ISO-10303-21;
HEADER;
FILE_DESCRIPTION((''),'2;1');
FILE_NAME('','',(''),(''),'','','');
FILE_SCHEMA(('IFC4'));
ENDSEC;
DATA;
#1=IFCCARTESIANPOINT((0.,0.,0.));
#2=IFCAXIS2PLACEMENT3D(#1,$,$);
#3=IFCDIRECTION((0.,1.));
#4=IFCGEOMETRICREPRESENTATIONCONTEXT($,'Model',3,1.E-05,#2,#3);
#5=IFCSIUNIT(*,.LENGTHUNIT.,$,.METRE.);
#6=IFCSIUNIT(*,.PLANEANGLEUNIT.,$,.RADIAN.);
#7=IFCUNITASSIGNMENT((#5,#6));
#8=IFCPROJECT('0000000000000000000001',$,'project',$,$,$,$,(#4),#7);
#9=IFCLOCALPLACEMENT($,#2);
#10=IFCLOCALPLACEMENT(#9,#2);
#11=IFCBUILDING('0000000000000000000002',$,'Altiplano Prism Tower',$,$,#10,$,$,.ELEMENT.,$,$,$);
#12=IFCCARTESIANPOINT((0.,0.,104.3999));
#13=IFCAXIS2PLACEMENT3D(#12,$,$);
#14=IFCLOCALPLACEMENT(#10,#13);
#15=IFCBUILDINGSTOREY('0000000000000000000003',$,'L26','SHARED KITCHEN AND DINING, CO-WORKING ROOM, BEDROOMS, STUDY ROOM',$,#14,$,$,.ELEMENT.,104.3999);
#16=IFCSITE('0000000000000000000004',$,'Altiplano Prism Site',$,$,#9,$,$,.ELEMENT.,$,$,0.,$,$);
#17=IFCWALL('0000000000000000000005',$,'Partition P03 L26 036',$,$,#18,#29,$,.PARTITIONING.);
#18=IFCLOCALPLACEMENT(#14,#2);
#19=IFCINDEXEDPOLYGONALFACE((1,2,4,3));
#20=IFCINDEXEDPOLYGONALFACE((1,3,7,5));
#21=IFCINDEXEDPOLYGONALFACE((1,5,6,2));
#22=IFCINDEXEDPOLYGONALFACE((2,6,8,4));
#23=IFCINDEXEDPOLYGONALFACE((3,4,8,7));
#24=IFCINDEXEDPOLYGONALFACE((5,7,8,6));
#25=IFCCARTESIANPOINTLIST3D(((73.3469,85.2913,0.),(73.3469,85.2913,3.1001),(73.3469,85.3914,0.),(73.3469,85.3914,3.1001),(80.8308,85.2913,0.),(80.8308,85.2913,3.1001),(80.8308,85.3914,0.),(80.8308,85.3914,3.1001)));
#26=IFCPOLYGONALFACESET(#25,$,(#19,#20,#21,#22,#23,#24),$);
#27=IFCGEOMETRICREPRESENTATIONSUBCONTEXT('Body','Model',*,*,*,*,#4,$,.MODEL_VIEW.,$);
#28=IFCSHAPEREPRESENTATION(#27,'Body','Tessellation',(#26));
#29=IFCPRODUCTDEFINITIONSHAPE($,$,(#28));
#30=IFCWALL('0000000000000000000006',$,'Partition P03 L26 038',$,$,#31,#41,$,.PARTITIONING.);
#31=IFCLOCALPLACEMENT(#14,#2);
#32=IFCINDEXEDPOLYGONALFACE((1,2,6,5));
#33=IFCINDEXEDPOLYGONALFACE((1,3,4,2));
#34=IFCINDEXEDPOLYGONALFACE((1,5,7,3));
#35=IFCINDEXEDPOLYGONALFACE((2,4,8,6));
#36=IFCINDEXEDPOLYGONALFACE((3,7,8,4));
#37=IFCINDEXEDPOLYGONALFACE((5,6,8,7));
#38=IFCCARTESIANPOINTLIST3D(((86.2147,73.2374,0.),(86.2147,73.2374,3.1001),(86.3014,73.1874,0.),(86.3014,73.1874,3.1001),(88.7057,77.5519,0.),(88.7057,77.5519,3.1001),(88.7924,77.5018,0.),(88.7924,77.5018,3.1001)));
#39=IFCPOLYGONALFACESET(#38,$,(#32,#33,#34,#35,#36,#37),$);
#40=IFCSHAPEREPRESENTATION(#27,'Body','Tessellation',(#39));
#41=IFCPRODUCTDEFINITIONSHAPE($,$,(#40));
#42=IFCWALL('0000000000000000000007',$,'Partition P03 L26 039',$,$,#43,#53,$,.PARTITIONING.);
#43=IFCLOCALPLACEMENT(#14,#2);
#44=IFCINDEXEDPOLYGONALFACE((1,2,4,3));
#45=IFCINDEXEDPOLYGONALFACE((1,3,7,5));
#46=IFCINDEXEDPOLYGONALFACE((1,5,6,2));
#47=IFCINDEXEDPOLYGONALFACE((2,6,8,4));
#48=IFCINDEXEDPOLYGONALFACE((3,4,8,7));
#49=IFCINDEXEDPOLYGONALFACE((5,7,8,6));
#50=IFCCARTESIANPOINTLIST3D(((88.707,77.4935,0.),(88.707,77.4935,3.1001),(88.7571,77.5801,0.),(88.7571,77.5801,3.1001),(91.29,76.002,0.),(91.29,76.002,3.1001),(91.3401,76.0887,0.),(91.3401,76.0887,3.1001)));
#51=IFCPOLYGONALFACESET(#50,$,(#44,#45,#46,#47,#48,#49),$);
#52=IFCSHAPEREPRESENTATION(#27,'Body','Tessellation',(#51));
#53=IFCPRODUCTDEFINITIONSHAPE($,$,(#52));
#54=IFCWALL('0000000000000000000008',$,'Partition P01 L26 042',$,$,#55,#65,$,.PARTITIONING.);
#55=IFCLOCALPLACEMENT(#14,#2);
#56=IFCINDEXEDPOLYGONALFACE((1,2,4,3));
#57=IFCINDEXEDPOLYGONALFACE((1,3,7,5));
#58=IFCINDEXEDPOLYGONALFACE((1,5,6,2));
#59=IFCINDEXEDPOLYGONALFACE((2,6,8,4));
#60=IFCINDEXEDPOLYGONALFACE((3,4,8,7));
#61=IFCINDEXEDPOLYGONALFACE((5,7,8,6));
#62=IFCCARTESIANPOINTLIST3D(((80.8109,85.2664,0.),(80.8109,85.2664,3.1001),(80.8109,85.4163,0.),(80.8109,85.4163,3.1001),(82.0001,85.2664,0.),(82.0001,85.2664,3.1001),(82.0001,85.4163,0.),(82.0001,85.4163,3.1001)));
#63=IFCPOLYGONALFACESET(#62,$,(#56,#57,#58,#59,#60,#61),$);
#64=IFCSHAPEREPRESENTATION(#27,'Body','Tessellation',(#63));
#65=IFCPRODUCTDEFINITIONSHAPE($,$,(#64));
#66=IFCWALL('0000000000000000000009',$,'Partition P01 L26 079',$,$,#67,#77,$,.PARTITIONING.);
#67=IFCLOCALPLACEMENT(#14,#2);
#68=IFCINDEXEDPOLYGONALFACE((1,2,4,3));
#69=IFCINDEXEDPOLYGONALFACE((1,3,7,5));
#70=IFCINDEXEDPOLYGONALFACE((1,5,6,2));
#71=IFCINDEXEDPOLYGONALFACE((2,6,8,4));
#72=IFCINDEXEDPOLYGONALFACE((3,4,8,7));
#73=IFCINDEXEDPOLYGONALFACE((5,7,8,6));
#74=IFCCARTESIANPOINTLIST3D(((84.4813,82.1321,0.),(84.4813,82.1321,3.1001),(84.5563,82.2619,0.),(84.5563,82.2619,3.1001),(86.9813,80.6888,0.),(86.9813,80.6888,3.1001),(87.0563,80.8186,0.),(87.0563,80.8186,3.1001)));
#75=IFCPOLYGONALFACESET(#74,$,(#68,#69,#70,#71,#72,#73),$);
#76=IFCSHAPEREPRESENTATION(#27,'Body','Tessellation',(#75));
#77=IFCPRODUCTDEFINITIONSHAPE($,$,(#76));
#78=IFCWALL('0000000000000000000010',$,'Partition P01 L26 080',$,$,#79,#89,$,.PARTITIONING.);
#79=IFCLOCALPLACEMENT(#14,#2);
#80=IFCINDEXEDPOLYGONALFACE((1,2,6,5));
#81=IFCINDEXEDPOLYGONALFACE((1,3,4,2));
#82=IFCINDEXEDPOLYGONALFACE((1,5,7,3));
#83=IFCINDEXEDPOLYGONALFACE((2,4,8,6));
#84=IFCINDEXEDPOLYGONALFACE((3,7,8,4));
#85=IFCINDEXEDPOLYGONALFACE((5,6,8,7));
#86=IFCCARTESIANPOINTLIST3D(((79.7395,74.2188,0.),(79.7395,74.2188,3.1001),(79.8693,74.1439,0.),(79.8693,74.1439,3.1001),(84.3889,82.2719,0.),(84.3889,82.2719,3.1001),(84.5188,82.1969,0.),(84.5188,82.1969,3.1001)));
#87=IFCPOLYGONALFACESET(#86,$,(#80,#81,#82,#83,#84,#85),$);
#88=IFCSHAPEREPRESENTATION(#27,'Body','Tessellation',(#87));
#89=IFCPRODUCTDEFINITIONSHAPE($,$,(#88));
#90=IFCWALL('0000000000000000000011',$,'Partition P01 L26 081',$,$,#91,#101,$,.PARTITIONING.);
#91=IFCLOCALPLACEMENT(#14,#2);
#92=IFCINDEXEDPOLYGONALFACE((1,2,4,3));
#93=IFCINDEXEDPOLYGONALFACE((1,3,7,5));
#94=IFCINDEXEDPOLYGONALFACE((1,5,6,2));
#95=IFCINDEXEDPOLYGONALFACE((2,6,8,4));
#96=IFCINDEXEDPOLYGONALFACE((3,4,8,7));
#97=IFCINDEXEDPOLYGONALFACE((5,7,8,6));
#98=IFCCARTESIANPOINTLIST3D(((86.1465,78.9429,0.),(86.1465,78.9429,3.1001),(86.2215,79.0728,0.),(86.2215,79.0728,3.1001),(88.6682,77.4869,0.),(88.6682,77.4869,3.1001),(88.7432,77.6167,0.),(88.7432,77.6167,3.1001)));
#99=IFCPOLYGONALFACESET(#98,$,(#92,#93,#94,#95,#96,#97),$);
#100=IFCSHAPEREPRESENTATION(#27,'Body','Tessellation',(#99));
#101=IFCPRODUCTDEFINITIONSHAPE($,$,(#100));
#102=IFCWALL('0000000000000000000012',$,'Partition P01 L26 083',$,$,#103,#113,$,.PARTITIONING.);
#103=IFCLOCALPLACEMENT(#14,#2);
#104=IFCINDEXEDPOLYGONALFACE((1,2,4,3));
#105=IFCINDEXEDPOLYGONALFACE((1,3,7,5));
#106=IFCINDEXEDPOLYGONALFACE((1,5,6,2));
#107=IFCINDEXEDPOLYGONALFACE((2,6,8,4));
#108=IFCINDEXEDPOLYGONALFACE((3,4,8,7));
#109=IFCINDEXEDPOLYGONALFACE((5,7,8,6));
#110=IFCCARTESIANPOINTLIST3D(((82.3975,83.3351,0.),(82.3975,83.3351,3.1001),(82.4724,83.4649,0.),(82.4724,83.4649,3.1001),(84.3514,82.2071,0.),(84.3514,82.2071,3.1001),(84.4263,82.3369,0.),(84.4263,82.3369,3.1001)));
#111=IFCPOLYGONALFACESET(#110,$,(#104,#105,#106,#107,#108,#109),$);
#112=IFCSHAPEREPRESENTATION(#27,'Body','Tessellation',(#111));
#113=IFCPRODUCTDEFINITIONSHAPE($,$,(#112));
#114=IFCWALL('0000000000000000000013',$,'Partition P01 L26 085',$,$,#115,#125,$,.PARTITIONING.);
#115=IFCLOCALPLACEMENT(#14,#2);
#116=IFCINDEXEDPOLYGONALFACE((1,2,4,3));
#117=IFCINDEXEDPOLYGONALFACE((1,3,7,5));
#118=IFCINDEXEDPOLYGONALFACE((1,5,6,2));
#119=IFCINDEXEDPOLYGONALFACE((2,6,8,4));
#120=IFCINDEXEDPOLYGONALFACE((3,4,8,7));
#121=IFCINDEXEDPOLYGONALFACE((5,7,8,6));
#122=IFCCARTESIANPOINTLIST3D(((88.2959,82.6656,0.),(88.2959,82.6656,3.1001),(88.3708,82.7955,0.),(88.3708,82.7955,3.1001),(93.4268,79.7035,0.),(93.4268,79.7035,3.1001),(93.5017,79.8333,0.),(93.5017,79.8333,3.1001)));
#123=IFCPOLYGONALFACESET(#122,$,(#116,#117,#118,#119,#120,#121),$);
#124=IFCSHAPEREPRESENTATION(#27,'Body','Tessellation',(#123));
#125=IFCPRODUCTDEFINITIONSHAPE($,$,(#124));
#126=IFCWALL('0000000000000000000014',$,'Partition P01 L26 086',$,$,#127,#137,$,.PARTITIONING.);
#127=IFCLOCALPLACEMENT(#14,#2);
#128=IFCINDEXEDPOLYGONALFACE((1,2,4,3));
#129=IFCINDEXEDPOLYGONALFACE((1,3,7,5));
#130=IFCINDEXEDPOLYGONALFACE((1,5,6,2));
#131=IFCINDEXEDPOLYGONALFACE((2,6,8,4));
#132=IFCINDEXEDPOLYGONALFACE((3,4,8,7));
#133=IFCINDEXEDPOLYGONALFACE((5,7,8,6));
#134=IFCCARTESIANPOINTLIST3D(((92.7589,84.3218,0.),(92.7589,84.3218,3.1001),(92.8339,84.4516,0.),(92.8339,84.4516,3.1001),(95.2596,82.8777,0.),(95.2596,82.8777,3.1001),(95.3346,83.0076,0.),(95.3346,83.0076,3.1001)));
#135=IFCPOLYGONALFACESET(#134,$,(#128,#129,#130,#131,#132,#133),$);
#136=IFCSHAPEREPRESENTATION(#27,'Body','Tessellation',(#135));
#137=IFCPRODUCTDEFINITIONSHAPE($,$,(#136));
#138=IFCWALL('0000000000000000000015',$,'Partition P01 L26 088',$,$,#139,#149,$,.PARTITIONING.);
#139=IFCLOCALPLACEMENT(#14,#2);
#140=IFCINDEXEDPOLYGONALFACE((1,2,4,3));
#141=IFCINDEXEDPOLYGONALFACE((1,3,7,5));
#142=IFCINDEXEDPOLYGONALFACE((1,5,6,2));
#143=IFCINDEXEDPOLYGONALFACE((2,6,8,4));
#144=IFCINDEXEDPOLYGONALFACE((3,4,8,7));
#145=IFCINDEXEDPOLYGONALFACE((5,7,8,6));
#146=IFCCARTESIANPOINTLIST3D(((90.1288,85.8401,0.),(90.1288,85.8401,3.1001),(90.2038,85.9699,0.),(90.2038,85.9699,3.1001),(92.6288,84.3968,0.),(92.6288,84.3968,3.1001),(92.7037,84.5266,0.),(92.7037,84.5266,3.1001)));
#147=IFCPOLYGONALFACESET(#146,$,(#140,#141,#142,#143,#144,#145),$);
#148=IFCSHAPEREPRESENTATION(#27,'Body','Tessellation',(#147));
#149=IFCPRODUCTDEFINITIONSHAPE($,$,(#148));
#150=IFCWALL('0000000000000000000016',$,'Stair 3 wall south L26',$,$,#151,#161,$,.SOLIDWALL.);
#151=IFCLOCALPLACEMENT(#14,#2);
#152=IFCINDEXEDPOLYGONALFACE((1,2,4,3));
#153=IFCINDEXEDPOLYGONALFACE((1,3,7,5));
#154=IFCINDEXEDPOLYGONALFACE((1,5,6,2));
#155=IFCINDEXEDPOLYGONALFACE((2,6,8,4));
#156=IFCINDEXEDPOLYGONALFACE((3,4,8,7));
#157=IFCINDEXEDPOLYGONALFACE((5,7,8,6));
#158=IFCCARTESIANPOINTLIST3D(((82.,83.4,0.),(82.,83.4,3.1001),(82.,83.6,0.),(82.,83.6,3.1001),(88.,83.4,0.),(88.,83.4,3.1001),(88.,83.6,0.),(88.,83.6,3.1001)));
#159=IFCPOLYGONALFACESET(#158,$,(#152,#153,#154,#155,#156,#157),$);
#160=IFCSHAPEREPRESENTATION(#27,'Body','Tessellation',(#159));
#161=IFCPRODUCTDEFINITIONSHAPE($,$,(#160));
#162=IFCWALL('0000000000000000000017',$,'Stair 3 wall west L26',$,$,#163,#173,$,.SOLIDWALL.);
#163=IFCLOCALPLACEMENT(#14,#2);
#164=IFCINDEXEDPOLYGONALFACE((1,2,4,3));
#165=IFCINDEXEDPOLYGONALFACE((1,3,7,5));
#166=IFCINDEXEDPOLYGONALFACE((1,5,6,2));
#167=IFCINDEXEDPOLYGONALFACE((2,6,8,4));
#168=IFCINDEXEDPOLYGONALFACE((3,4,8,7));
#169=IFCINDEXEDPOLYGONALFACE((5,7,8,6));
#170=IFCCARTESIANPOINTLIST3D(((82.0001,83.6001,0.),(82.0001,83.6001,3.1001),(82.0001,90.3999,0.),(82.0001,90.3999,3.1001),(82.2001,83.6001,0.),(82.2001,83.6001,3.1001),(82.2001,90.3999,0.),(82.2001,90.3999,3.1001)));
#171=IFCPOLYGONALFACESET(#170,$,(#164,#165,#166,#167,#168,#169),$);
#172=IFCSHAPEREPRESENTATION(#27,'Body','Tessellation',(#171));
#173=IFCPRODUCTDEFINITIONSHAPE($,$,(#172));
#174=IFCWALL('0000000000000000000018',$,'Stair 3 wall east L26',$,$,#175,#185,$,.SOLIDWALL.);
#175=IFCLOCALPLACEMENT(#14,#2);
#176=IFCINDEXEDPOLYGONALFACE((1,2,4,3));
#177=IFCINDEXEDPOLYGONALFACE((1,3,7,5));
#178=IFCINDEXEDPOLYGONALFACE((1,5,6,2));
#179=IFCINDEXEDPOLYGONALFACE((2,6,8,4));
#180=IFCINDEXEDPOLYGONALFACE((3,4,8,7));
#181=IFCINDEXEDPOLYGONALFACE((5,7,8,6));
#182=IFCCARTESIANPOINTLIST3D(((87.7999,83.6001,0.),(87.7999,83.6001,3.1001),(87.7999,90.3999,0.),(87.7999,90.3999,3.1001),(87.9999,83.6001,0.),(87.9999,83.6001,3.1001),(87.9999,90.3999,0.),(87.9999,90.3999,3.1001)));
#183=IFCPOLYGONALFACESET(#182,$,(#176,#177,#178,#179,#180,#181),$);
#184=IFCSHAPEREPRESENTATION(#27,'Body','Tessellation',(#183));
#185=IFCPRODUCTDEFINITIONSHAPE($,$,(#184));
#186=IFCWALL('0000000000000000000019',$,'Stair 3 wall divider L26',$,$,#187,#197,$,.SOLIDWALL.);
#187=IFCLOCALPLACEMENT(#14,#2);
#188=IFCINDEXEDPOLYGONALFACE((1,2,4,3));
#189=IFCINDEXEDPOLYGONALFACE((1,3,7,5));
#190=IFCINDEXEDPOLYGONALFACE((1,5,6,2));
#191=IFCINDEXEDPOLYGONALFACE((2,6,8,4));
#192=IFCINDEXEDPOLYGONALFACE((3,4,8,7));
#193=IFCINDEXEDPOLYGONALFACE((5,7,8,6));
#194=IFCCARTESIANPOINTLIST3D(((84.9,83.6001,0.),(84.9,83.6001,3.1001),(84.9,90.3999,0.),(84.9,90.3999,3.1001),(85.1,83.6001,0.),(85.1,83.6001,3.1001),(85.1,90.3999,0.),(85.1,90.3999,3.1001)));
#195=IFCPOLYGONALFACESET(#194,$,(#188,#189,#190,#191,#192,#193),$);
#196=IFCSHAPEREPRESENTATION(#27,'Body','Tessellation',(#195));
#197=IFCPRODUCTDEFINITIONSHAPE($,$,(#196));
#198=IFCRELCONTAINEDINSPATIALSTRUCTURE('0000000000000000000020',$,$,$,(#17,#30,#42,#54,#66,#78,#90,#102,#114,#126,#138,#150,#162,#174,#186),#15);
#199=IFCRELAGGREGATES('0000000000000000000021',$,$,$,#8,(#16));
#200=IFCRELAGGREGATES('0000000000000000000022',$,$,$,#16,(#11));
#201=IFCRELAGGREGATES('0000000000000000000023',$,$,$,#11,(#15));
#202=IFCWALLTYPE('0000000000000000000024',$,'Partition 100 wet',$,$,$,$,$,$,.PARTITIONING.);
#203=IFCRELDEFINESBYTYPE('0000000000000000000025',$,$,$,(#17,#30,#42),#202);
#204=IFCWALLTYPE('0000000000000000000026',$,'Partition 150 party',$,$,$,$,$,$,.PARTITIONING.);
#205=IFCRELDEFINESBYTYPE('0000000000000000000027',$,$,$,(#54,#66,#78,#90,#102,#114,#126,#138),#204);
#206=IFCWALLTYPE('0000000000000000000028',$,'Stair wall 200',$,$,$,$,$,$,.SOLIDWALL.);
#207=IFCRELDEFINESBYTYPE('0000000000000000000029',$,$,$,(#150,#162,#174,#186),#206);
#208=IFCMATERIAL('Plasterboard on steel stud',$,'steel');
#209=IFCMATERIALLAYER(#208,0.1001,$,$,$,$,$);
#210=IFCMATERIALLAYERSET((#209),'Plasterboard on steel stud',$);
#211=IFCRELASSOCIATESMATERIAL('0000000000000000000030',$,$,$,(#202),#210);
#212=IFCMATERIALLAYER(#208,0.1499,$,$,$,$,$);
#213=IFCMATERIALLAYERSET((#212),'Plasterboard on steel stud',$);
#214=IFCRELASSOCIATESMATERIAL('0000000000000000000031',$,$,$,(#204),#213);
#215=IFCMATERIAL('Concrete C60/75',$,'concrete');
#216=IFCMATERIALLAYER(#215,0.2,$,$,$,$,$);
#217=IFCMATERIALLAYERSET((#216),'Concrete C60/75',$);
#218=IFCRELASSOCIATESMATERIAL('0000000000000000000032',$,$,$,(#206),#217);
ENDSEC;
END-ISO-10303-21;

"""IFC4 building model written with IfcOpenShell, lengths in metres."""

from ifc_helpers import new_model, si_unit, direction, frame, frame_2d, origin, place, context, subcontext, project, spatial, rectangle, extrude, material, layer, layer_set, type_object, element, save


model = new_model("IFC4")

# Units and contexts
model_context = context("Model", 3, precision=1e-05, world=origin(), true_north=direction((0.0, 1.0)))
body_context = subcontext(model_context, "Body", "Model", "MODEL_VIEW")
ifc_project = project(units=[si_unit("LENGTHUNIT", "METRE"), si_unit("PLANEANGLEUNIT", "RADIAN")], contexts=[model_context])

# Site, building, storey
site_placement = place(None, origin())
site = spatial("IfcSite", under=ifc_project, at=site_placement, Name="Altiplano Prism Site", CompositionType="ELEMENT", RefElevation=0.0)
building_placement = place(site_placement, origin())
building = spatial("IfcBuilding", under=site, at=building_placement, Name="Altiplano Prism Tower", CompositionType="ELEMENT")
storey_placement = place(building_placement, frame((0.0, 0.0, 104.3999)))
storey = spatial("IfcBuildingStorey", under=building, at=storey_placement, Name="L26", Description="SHARED KITCHEN AND DINING, CO-WORKING ROOM, BEDROOMS, STUDY ROOM", CompositionType="ELEMENT", Elevation=104.3999)

# Walls
ifc_material_1 = material(Name="Plasterboard on steel stud", Category="steel")
ifc_layer_1 = layer(ifc_material_1, 0.1001)
ifc_layer_set_1 = layer_set([ifc_layer_1], Name="Plasterboard on steel stud")
wall_type_1 = type_object("IfcWallType", Name="Partition 100 wet", PredefinedType="PARTITIONING", material=ifc_layer_set_1)
wall_1_placement = place(storey_placement, frame((80.8308, 85.3413, 0.0), z_axis=(0.0, 0.0, 1.0), x_axis=(-1.0, 0.0, 0.0)))
element("IfcWall", 1, at=wall_1_placement, inside=storey, type_object=wall_type_1, Name="Partition P03 L26 036", PredefinedType="PARTITIONING", context=body_context, shape_type="SweptSolid", body=[
    extrude(rectangle(XDim=7.4839, YDim=0.1001, at=frame_2d((3.7419, 0.0))), origin(), (0.0, 0.0, 1.0), 3.1001),
])
wall_2_placement = place(storey_placement, frame((88.749, 77.5269, 0.0), z_axis=(0.0, 0.0, 1.0), x_axis=(-0.500002, -0.866024, 0.0)))
element("IfcWall", 2, at=wall_2_placement, inside=storey, type_object=wall_type_1, Name="Partition P03 L26 038", PredefinedType="PARTITIONING", context=body_context, shape_type="SweptSolid", body=[
    extrude(rectangle(XDim=4.9819, YDim=0.1001, at=frame_2d((2.491, 0.0))), origin(), (0.0, 0.0, 1.0), 3.1001),
])
wall_3_placement = place(storey_placement, frame((91.3149, 76.0454, 0.0), z_axis=(0.0, 0.0, 1.0), x_axis=(-0.866003, 0.500039, 0.0)))
element("IfcWall", 3, at=wall_3_placement, inside=storey, type_object=wall_type_1, Name="Partition P03 L26 039", PredefinedType="PARTITIONING", context=body_context, shape_type="SweptSolid", body=[
    extrude(rectangle(XDim=2.9827, YDim=0.1001, at=frame_2d((1.4912, 0.0))), origin(), (0.0, 0.0, 1.0), 3.1001),
])
ifc_layer_2 = layer(ifc_material_1, 0.1499)
ifc_layer_set_2 = layer_set([ifc_layer_2], Name="Plasterboard on steel stud")
wall_type_2 = type_object("IfcWallType", Name="Partition 150 party", PredefinedType="PARTITIONING", material=ifc_layer_set_2)
wall_4_placement = place(storey_placement, frame((80.8108, 85.3413, 0.0), z_axis=(0.0, 0.0, 1.0), x_axis=(1.0, 0.0, 0.0)))
element("IfcWall", 4, at=wall_4_placement, inside=storey, type_object=wall_type_2, Name="Partition P01 L26 042", PredefinedType="PARTITIONING", context=body_context, shape_type="SweptSolid", body=[
    extrude(rectangle(XDim=1.1892, YDim=0.1499, at=frame_2d((0.5947, 0.0))), origin(), (0.0, 0.0, 1.0), 3.1001),
])
wall_5_placement = place(storey_placement, frame((87.0188, 80.7537, 0.0), z_axis=(0.0, 0.0, 1.0), x_axis=(-0.866028, 0.499996, 0.0)))
element("IfcWall", 5, at=wall_5_placement, inside=storey, type_object=wall_type_2, Name="Partition P01 L26 079", PredefinedType="PARTITIONING", context=body_context, shape_type="SweptSolid", body=[
    extrude(rectangle(XDim=2.8867, YDim=0.1499, at=frame_2d((1.4434, 0.0))), origin(), (0.0, 0.0, 1.0), 3.1001),
])
wall_6_placement = place(storey_placement, frame((84.4539, 82.2344, 0.0), z_axis=(0.0, 0.0, 1.0), x_axis=(-0.500002, -0.866024, 0.0)))
element("IfcWall", 6, at=wall_6_placement, inside=storey, type_object=wall_type_2, Name="Partition P01 L26 080", PredefinedType="PARTITIONING", context=body_context, shape_type="SweptSolid", body=[
    extrude(rectangle(XDim=9.2988, YDim=0.1499, at=frame_2d((4.6494, 0.0))), origin(), (0.0, 0.0, 1.0), 3.1001),
])
wall_7_placement = place(storey_placement, frame((88.7058, 77.5518, 0.0), z_axis=(0.0, 0.0, 1.0), x_axis=(-0.866005, 0.500035, 0.0)))
element("IfcWall", 7, at=wall_7_placement, inside=storey, type_object=wall_type_2, Name="Partition P01 L26 081", PredefinedType="PARTITIONING", context=body_context, shape_type="SweptSolid", body=[
    extrude(rectangle(XDim=2.9119, YDim=0.1499, at=frame_2d((1.4561, 0.0))), origin(), (0.0, 0.0, 1.0), 3.1001),
])
wall_8_placement = place(storey_placement, frame((82.4351, 83.3999, 0.0), z_axis=(0.0, 0.0, 1.0), x_axis=(0.86605, -0.499957, 0.0)))
element("IfcWall", 8, at=wall_8_placement, inside=storey, type_object=wall_type_2, Name="Partition P01 L26 083", PredefinedType="PARTITIONING", context=body_context, shape_type="SweptSolid", body=[
    extrude(rectangle(XDim=2.2561, YDim=0.1499, at=frame_2d((1.1279, 0.0))), origin(), (0.0, 0.0, 1.0), 3.1001),
])
wall_9_placement = place(storey_placement, frame((93.4644, 79.7683, 0.0), z_axis=(0.0, 0.0, 1.0), x_axis=(-0.866036, 0.499982, 0.0)))
element("IfcWall", 9, at=wall_9_placement, inside=storey, type_object=wall_type_2, Name="Partition P01 L26 085", PredefinedType="PARTITIONING", context=body_context, shape_type="SweptSolid", body=[
    extrude(rectangle(XDim=5.9246, YDim=0.1499, at=frame_2d((2.9624, 0.0))), origin(), (0.0, 0.0, 1.0), 3.1001),
])
wall_10_placement = place(storey_placement, frame((92.7964, 84.3867, 0.0), z_axis=(0.0, 0.0, 1.0), x_axis=(0.865981, -0.500076, 0.0)))
element("IfcWall", 10, at=wall_10_placement, inside=storey, type_object=wall_type_2, Name="Partition P01 L26 086", PredefinedType="PARTITIONING", context=body_context, shape_type="SweptSolid", body=[
    extrude(rectangle(XDim=2.8877, YDim=0.1499, at=frame_2d((1.4438, 0.0))), origin(), (0.0, 0.0, 1.0), 3.1001),
])
wall_11_placement = place(storey_placement, frame((92.6663, 84.4617, 0.0), z_axis=(0.0, 0.0, 1.0), x_axis=(-0.866028, 0.499996, 0.0)))
element("IfcWall", 11, at=wall_11_placement, inside=storey, type_object=wall_type_2, Name="Partition P01 L26 088", PredefinedType="PARTITIONING", context=body_context, shape_type="SweptSolid", body=[
    extrude(rectangle(XDim=2.8867, YDim=0.1499, at=frame_2d((1.4434, 0.0))), origin(), (0.0, 0.0, 1.0), 3.1001),
])
ifc_material_2 = material(Name="Concrete C60/75", Category="concrete")
ifc_layer_3 = layer(ifc_material_2, 0.2)
ifc_layer_set_3 = layer_set([ifc_layer_3], Name="Concrete C60/75")
wall_type_3 = type_object("IfcWallType", Name="Stair wall 200", PredefinedType="SOLIDWALL", material=ifc_layer_set_3)
wall_12_placement = place(storey_placement, frame((82.0, 83.5, 0.0), z_axis=(0.0, 0.0, 1.0), x_axis=(1.0, 0.0, 0.0)))
element("IfcWall", 12, at=wall_12_placement, inside=storey, type_object=wall_type_3, Name="Stair 3 wall south L26", PredefinedType="SOLIDWALL", context=body_context, shape_type="SweptSolid", body=[
    extrude(rectangle(XDim=6.0, YDim=0.2, at=frame_2d((3.0, 0.0))), origin(), (0.0, 0.0, 1.0), 3.1001),
])
for number, where, z_axis, x_axis, name in (
    (13, (82.1001, 83.6001, 0.0), (0.0, 0.0, 1.0), (0.0, 1.0, 0.0), "Stair 3 wall west L26"),
    (14, (87.8999, 83.6001, 0.0), (0.0, 0.0, 1.0), (0.0, 1.0, 0.0), "Stair 3 wall east L26"),
    (15, (85.0, 83.6001, 0.0), (0.0, 0.0, 1.0), (0.0, 1.0, 0.0), "Stair 3 wall divider L26"),
):
    element("IfcWall", number, at=place(storey_placement, frame(where, z_axis=z_axis, x_axis=x_axis)), inside=storey, type_object=wall_type_3, Name=name, PredefinedType="SOLIDWALL", context=body_context, shape_type="SweptSolid", body=[
        extrude(rectangle(XDim=6.7998, YDim=0.2, at=frame_2d((3.3999, 0.0))), origin(), (0.0, 0.0, 1.0), 3.1001),
    ])

save(model, "model.ifc")
